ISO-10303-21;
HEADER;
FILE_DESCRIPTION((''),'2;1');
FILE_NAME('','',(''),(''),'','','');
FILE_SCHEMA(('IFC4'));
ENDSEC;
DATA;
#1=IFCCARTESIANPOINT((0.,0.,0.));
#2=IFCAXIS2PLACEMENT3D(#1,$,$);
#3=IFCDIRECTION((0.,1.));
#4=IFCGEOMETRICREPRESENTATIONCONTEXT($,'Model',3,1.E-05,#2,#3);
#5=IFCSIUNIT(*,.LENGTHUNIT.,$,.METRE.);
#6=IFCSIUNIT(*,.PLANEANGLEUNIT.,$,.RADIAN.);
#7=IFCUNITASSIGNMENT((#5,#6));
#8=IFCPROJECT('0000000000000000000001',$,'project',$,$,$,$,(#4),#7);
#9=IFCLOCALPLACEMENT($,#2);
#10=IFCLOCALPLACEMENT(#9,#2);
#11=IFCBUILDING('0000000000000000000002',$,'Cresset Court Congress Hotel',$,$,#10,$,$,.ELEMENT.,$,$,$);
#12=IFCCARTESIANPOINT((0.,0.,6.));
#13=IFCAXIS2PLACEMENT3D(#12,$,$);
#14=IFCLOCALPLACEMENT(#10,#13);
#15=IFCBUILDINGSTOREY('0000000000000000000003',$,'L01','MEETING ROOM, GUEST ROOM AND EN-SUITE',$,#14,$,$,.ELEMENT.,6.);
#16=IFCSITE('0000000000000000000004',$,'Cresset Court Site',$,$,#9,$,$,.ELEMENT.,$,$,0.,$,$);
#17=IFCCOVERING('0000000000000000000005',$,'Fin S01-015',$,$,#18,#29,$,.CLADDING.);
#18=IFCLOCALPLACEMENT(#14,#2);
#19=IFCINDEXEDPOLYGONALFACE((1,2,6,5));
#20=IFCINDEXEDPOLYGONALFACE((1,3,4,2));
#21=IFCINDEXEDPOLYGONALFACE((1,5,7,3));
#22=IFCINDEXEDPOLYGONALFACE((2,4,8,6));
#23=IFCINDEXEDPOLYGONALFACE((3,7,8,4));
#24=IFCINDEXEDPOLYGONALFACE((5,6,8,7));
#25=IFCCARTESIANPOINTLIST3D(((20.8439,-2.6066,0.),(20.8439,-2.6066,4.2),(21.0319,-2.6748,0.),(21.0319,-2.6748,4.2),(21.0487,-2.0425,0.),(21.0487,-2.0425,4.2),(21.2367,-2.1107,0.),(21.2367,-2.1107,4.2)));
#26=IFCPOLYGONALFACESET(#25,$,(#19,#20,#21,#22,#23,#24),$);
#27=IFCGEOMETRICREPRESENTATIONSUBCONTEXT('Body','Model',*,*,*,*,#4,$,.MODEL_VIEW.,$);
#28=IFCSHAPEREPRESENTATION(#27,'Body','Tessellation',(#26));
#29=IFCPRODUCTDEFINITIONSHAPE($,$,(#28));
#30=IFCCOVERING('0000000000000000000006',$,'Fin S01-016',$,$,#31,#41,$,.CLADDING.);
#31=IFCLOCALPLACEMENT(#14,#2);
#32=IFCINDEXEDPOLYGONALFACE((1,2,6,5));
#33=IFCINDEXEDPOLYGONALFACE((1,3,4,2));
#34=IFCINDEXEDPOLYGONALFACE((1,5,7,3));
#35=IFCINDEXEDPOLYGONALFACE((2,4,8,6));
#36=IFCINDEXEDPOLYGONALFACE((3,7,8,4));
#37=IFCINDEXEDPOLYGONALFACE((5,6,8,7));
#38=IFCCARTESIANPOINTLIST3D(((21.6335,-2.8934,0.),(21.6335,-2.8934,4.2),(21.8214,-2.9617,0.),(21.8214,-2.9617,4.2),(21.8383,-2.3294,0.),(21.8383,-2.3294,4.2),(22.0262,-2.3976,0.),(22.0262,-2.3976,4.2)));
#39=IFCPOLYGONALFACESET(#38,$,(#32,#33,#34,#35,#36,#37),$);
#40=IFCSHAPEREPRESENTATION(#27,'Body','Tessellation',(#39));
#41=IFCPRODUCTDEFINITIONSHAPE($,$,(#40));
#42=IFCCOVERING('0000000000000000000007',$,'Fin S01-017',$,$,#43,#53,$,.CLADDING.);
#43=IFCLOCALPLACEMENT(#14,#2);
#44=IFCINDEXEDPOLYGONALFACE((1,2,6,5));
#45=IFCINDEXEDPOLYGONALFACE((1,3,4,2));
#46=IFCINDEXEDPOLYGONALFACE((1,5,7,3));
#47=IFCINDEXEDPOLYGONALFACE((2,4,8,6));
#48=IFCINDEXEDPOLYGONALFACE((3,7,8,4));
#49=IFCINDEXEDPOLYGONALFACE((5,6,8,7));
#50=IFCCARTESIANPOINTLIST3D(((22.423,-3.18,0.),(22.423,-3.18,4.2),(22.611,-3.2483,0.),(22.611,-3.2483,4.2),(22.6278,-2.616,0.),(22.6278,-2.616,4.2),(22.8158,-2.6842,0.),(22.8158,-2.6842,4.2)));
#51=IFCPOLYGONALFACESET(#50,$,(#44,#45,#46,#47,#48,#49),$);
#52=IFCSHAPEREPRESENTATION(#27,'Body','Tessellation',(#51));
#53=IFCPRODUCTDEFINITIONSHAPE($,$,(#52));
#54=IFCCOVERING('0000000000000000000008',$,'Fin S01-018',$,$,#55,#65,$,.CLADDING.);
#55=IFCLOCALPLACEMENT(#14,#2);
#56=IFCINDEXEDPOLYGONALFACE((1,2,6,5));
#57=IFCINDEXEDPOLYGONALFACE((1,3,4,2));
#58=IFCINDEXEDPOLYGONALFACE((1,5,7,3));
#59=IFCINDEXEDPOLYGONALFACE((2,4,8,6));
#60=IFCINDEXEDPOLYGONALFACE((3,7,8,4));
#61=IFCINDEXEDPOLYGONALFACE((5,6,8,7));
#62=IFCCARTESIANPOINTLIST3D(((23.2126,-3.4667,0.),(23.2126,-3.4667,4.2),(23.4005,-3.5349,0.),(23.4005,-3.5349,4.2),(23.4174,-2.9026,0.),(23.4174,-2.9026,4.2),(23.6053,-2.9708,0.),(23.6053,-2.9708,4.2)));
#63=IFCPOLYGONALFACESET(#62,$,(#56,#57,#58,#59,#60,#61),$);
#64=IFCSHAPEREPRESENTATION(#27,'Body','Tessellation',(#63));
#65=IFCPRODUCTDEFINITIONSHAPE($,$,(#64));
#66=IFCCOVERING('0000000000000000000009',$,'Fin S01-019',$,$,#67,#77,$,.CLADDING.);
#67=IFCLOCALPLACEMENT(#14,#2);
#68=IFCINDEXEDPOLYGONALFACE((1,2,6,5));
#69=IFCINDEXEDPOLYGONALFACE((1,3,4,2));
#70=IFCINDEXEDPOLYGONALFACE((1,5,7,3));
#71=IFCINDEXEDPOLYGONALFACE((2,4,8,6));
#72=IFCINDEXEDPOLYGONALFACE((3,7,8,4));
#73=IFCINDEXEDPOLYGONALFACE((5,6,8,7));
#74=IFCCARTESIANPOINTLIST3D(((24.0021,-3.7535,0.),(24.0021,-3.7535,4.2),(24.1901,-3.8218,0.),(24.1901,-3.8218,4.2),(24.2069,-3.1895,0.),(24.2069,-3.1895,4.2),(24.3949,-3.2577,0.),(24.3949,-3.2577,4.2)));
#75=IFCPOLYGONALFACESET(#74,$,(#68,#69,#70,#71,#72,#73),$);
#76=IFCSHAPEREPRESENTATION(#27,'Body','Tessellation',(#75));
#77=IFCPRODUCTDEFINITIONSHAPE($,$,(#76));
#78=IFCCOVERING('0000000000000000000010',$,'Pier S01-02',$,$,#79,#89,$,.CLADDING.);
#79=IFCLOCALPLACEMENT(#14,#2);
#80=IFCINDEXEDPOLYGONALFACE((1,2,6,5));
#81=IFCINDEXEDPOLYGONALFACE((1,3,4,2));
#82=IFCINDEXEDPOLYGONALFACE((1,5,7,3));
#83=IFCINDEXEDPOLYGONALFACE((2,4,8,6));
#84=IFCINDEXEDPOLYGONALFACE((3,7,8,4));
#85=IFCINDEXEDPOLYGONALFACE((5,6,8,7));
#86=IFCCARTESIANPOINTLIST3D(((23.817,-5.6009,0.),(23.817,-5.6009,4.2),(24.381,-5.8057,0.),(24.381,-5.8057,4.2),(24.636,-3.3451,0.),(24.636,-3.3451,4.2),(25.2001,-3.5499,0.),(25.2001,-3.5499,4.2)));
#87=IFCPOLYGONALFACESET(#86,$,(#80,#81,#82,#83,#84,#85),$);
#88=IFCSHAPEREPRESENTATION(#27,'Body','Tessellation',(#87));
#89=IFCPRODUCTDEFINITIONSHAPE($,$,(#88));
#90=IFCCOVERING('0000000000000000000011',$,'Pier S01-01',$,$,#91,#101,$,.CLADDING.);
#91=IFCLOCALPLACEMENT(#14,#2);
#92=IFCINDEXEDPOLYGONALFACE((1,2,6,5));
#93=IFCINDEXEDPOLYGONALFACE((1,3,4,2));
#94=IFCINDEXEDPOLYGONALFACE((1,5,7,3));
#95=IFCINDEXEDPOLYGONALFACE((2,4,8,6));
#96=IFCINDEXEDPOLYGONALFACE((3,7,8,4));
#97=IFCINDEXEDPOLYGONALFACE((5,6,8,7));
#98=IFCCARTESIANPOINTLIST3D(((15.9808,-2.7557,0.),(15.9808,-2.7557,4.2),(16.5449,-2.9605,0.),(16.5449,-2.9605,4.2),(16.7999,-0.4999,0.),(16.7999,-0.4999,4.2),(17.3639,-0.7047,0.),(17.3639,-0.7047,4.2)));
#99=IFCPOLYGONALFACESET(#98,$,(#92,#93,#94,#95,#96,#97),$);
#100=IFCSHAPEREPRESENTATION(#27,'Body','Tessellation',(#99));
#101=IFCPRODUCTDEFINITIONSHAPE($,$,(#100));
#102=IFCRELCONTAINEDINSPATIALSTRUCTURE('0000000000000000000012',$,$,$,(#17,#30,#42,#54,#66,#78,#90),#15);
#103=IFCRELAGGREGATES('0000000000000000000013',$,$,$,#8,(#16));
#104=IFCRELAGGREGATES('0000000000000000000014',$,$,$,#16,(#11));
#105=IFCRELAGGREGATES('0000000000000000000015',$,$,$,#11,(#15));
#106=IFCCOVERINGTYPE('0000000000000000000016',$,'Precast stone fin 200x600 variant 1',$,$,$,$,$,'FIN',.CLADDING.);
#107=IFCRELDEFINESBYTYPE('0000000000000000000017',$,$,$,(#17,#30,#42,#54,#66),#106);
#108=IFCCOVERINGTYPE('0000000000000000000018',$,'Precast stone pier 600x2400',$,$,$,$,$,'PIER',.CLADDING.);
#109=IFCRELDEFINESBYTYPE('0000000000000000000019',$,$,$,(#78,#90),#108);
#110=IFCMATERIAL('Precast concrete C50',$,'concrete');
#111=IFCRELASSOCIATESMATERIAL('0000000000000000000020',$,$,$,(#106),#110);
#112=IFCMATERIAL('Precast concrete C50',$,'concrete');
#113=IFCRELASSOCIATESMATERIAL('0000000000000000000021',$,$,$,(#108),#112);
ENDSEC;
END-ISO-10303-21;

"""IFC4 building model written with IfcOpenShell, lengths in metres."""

from ifc_helpers import new_model, si_unit, direction, frame, origin, origin_2d, place, context, subcontext, project, spatial, rectangle, extrude, material, type_object, element, save


model = new_model("IFC4")

# Units and contexts
model_context = context("Model", 3, precision=1e-05, world=origin(), true_north=direction((0.0, 1.0)))
body_context = subcontext(model_context, "Body", "Model", "MODEL_VIEW")
ifc_project = project(units=[si_unit("LENGTHUNIT", "METRE"), si_unit("PLANEANGLEUNIT", "RADIAN")], contexts=[model_context])

# Site, building, storey
site_placement = place(None, origin())
site = spatial("IfcSite", under=ifc_project, at=site_placement, Name="Cresset Court Site", CompositionType="ELEMENT", RefElevation=0.0)
building_placement = place(site_placement, origin())
building = spatial("IfcBuilding", under=site, at=building_placement, Name="Cresset Court Congress Hotel", CompositionType="ELEMENT")
storey_placement = place(building_placement, frame((0.0, 0.0, 6.0)))
storey = spatial("IfcBuildingStorey", under=building, at=storey_placement, Name="L01", Description="MEETING ROOM, GUEST ROOM AND EN-SUITE", CompositionType="ELEMENT", Elevation=6.0)

# Coverings
ifc_material_1 = material(Name="Precast concrete C50", Category="concrete")
covering_type_1 = type_object("IfcCoveringType", Name="Precast stone fin 200x600 variant 1", ElementType="FIN", PredefinedType="CLADDING", material=ifc_material_1)
for number, where, z_axis, x_axis, name in (
    (1, (21.0403, -2.3586, 0.0), (0.0, 0.0, 1.0), (0.939957, -0.341293, 0.0), "Fin S01-015"),
    (2, (21.8298, -2.6455, 0.0), (0.0, 0.0, 1.0), (0.939957, -0.341293, 0.0), "Fin S01-016"),
    (3, (22.6194, -2.9321, 0.0), (0.0, 0.0, 1.0), (0.939957, -0.341293, 0.0), "Fin S01-017"),
    (4, (23.4089, -3.2188, 0.0), (0.0, 0.0, 1.0), (0.939957, -0.341293, 0.0), "Fin S01-018"),
    (5, (24.1985, -3.5056, 0.0), (0.0, 0.0, 1.0), (0.939957, -0.341293, 0.0), "Fin S01-019"),
):
    element("IfcCovering", number, at=place(storey_placement, frame(where, z_axis=z_axis, x_axis=x_axis)), inside=storey, type_object=covering_type_1, Name=name, PredefinedType="CLADDING", context=body_context, shape_type="SweptSolid", body=[
        extrude(rectangle(XDim=0.2, YDim=0.6001, at=origin_2d()), origin(), (0.0, 0.0, 1.0), 4.2),
    ])
ifc_material_2 = material(Name="Precast concrete C50", Category="concrete")
covering_type_2 = type_object("IfcCoveringType", Name="Precast stone pier 600x2400", ElementType="PIER", PredefinedType="CLADDING", material=ifc_material_2)
for number, where, z_axis, x_axis, name in (
    (6, (24.5085, -4.5754, 0.0), (0.0, 0.0, 1.0), (0.939957, -0.341293, 0.0), "Pier S01-02"),
    (7, (16.6724, -1.7302, 0.0), (0.0, 0.0, 1.0), (0.939957, -0.341293, 0.0), "Pier S01-01"),
):
    element("IfcCovering", number, at=place(storey_placement, frame(where, z_axis=z_axis, x_axis=x_axis)), inside=storey, type_object=covering_type_2, Name=name, PredefinedType="CLADDING", context=body_context, shape_type="SweptSolid", body=[
        extrude(rectangle(XDim=0.6001, YDim=2.3999, at=origin_2d()), origin(), (0.0, 0.0, 1.0), 4.2),
    ])

save(model, "model.ifc")
